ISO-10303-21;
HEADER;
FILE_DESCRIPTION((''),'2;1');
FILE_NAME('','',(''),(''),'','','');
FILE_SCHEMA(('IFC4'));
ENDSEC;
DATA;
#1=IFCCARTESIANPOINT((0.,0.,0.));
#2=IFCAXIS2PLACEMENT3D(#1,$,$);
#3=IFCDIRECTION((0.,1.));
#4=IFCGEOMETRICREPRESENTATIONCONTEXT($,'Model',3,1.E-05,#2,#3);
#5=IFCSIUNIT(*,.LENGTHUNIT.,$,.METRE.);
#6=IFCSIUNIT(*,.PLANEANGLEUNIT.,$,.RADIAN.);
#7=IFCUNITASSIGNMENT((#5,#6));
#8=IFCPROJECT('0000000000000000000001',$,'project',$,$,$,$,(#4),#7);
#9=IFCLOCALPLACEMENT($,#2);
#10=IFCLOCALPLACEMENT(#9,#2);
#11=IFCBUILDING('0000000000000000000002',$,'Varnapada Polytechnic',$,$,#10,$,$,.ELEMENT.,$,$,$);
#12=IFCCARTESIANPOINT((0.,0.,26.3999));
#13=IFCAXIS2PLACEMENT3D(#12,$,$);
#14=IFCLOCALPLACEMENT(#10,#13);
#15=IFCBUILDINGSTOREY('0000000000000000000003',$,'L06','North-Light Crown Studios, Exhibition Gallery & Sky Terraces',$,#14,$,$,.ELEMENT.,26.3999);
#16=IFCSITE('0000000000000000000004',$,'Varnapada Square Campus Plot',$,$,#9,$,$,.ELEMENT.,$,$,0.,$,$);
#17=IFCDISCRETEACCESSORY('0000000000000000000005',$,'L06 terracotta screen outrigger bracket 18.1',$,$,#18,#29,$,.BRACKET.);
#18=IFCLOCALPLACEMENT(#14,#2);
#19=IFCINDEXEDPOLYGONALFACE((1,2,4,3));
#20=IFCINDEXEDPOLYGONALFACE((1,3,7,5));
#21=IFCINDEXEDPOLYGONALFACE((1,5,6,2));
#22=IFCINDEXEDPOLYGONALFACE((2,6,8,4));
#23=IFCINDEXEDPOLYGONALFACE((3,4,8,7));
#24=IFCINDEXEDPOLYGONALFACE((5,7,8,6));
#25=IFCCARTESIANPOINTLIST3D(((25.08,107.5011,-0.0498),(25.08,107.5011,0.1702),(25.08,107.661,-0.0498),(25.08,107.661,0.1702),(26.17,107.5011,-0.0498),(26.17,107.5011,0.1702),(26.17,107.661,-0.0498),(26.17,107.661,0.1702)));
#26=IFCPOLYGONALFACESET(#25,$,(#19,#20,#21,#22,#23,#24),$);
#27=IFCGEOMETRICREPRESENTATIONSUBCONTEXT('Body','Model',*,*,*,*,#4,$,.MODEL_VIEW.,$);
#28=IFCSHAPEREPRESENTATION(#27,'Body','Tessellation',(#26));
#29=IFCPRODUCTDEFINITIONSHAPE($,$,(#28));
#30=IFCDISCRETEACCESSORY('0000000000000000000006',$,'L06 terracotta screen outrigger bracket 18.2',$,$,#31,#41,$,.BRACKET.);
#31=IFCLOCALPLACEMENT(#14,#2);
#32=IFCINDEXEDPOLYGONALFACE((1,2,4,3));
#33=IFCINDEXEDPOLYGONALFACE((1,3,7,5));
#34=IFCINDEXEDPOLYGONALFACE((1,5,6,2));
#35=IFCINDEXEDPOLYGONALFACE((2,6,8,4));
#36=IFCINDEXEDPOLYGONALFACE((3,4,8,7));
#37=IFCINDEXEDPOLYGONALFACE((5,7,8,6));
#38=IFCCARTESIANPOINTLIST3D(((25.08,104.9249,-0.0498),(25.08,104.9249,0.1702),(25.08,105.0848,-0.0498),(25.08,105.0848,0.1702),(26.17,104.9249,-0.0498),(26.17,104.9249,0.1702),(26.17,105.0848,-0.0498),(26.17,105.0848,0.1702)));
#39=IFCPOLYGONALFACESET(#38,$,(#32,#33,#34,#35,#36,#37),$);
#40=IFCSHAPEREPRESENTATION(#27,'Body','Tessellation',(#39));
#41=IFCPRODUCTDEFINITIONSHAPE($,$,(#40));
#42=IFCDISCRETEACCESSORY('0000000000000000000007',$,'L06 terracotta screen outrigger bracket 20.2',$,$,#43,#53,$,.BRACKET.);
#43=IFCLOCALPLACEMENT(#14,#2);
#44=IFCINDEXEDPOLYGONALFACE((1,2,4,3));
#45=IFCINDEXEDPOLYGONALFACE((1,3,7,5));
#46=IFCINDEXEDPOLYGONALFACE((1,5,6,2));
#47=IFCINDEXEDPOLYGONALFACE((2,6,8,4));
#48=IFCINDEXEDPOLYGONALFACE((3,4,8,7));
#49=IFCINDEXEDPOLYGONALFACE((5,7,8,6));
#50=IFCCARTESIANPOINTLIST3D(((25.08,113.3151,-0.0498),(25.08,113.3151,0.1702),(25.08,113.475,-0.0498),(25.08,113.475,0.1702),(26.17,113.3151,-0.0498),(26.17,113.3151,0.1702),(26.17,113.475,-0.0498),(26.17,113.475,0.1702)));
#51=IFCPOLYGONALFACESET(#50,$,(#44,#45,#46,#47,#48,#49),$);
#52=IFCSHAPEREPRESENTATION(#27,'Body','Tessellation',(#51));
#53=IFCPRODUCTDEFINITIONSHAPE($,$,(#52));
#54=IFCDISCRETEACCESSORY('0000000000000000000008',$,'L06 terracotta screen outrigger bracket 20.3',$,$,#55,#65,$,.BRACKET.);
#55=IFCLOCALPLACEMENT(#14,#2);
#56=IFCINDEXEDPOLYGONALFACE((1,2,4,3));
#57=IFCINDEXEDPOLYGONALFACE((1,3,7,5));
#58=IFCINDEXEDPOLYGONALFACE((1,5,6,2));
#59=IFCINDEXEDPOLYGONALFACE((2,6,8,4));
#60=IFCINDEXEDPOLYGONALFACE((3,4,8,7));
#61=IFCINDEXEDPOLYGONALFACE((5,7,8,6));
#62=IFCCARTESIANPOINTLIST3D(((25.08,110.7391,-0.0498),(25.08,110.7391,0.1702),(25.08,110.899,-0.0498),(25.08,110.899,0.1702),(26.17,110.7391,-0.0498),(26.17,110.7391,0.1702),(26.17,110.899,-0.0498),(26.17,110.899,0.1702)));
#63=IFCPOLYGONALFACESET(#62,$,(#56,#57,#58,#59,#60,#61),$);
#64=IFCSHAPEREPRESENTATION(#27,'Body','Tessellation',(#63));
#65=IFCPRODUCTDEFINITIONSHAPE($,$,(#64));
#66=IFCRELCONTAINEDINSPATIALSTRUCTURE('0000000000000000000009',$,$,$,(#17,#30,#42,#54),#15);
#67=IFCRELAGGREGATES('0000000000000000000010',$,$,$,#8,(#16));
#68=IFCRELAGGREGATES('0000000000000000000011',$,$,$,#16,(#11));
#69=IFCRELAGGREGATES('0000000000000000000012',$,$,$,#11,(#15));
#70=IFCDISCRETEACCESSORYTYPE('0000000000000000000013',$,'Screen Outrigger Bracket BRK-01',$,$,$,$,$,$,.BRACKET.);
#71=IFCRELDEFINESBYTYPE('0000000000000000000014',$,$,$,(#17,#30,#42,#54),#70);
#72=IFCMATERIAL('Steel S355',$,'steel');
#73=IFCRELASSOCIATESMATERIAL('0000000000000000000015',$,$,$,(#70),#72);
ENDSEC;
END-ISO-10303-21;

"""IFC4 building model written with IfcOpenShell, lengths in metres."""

from ifc_helpers import new_model, si_unit, direction, frame, origin, origin_2d, place, context, subcontext, project, spatial, rectangle, extrude, material, type_object, element, save


model = new_model("IFC4")

# Units and contexts
model_context = context("Model", 3, precision=1e-05, world=origin(), true_north=direction((0.0, 1.0)))
body_context = subcontext(model_context, "Body", "Model", "MODEL_VIEW")
ifc_project = project(units=[si_unit("LENGTHUNIT", "METRE"), si_unit("PLANEANGLEUNIT", "RADIAN")], contexts=[model_context])

# Site, building, storey
site_placement = place(None, origin())
site = spatial("IfcSite", under=ifc_project, at=site_placement, Name="Varnapada Square Campus Plot", CompositionType="ELEMENT", RefElevation=0.0)
building_placement = place(site_placement, origin())
building = spatial("IfcBuilding", under=site, at=building_placement, Name="Varnapada Polytechnic", CompositionType="ELEMENT")
storey_placement = place(building_placement, frame((0.0, 0.0, 26.3999)))
storey = spatial("IfcBuildingStorey", under=building, at=storey_placement, Name="L06", Description="North-Light Crown Studios, Exhibition Gallery & Sky Terraces", CompositionType="ELEMENT", Elevation=26.3999)

# Discrete accessories
ifc_material_1 = material(Name="Steel S355", Category="steel")
discrete_accessory_type = type_object("IfcDiscreteAccessoryType", Name="Screen Outrigger Bracket BRK-01", PredefinedType="BRACKET", material=ifc_material_1)
for number, where, z_axis, x_axis, name in (
    (1, (25.625, 107.5811, -0.0498), (0.0, 0.0, 1.0), (0.0, -1.0, 0.0), "L06 terracotta screen outrigger bracket 18.1"),
    (2, (25.625, 105.0049, -0.0498), (0.0, 0.0, 1.0), (0.0, -1.0, 0.0), "L06 terracotta screen outrigger bracket 18.2"),
    (3, (25.625, 113.395, -0.0498), (0.0, 0.0, 1.0), (0.0, -1.0, 0.0), "L06 terracotta screen outrigger bracket 20.2"),
    (4, (25.625, 110.8191, -0.0498), (0.0, 0.0, 1.0), (0.0, -1.0, 0.0), "L06 terracotta screen outrigger bracket 20.3"),
):
    element("IfcDiscreteAccessory", number, at=place(storey_placement, frame(where, z_axis=z_axis, x_axis=x_axis)), inside=storey, type_object=discrete_accessory_type, Name=name, PredefinedType="BRACKET", context=body_context, shape_type="SweptSolid", body=[
        extrude(rectangle(XDim=0.1599, YDim=1.0901, at=origin_2d()), origin(), (0.0, 0.0, 1.0), 0.22),
    ])

save(model, "model.ifc")
